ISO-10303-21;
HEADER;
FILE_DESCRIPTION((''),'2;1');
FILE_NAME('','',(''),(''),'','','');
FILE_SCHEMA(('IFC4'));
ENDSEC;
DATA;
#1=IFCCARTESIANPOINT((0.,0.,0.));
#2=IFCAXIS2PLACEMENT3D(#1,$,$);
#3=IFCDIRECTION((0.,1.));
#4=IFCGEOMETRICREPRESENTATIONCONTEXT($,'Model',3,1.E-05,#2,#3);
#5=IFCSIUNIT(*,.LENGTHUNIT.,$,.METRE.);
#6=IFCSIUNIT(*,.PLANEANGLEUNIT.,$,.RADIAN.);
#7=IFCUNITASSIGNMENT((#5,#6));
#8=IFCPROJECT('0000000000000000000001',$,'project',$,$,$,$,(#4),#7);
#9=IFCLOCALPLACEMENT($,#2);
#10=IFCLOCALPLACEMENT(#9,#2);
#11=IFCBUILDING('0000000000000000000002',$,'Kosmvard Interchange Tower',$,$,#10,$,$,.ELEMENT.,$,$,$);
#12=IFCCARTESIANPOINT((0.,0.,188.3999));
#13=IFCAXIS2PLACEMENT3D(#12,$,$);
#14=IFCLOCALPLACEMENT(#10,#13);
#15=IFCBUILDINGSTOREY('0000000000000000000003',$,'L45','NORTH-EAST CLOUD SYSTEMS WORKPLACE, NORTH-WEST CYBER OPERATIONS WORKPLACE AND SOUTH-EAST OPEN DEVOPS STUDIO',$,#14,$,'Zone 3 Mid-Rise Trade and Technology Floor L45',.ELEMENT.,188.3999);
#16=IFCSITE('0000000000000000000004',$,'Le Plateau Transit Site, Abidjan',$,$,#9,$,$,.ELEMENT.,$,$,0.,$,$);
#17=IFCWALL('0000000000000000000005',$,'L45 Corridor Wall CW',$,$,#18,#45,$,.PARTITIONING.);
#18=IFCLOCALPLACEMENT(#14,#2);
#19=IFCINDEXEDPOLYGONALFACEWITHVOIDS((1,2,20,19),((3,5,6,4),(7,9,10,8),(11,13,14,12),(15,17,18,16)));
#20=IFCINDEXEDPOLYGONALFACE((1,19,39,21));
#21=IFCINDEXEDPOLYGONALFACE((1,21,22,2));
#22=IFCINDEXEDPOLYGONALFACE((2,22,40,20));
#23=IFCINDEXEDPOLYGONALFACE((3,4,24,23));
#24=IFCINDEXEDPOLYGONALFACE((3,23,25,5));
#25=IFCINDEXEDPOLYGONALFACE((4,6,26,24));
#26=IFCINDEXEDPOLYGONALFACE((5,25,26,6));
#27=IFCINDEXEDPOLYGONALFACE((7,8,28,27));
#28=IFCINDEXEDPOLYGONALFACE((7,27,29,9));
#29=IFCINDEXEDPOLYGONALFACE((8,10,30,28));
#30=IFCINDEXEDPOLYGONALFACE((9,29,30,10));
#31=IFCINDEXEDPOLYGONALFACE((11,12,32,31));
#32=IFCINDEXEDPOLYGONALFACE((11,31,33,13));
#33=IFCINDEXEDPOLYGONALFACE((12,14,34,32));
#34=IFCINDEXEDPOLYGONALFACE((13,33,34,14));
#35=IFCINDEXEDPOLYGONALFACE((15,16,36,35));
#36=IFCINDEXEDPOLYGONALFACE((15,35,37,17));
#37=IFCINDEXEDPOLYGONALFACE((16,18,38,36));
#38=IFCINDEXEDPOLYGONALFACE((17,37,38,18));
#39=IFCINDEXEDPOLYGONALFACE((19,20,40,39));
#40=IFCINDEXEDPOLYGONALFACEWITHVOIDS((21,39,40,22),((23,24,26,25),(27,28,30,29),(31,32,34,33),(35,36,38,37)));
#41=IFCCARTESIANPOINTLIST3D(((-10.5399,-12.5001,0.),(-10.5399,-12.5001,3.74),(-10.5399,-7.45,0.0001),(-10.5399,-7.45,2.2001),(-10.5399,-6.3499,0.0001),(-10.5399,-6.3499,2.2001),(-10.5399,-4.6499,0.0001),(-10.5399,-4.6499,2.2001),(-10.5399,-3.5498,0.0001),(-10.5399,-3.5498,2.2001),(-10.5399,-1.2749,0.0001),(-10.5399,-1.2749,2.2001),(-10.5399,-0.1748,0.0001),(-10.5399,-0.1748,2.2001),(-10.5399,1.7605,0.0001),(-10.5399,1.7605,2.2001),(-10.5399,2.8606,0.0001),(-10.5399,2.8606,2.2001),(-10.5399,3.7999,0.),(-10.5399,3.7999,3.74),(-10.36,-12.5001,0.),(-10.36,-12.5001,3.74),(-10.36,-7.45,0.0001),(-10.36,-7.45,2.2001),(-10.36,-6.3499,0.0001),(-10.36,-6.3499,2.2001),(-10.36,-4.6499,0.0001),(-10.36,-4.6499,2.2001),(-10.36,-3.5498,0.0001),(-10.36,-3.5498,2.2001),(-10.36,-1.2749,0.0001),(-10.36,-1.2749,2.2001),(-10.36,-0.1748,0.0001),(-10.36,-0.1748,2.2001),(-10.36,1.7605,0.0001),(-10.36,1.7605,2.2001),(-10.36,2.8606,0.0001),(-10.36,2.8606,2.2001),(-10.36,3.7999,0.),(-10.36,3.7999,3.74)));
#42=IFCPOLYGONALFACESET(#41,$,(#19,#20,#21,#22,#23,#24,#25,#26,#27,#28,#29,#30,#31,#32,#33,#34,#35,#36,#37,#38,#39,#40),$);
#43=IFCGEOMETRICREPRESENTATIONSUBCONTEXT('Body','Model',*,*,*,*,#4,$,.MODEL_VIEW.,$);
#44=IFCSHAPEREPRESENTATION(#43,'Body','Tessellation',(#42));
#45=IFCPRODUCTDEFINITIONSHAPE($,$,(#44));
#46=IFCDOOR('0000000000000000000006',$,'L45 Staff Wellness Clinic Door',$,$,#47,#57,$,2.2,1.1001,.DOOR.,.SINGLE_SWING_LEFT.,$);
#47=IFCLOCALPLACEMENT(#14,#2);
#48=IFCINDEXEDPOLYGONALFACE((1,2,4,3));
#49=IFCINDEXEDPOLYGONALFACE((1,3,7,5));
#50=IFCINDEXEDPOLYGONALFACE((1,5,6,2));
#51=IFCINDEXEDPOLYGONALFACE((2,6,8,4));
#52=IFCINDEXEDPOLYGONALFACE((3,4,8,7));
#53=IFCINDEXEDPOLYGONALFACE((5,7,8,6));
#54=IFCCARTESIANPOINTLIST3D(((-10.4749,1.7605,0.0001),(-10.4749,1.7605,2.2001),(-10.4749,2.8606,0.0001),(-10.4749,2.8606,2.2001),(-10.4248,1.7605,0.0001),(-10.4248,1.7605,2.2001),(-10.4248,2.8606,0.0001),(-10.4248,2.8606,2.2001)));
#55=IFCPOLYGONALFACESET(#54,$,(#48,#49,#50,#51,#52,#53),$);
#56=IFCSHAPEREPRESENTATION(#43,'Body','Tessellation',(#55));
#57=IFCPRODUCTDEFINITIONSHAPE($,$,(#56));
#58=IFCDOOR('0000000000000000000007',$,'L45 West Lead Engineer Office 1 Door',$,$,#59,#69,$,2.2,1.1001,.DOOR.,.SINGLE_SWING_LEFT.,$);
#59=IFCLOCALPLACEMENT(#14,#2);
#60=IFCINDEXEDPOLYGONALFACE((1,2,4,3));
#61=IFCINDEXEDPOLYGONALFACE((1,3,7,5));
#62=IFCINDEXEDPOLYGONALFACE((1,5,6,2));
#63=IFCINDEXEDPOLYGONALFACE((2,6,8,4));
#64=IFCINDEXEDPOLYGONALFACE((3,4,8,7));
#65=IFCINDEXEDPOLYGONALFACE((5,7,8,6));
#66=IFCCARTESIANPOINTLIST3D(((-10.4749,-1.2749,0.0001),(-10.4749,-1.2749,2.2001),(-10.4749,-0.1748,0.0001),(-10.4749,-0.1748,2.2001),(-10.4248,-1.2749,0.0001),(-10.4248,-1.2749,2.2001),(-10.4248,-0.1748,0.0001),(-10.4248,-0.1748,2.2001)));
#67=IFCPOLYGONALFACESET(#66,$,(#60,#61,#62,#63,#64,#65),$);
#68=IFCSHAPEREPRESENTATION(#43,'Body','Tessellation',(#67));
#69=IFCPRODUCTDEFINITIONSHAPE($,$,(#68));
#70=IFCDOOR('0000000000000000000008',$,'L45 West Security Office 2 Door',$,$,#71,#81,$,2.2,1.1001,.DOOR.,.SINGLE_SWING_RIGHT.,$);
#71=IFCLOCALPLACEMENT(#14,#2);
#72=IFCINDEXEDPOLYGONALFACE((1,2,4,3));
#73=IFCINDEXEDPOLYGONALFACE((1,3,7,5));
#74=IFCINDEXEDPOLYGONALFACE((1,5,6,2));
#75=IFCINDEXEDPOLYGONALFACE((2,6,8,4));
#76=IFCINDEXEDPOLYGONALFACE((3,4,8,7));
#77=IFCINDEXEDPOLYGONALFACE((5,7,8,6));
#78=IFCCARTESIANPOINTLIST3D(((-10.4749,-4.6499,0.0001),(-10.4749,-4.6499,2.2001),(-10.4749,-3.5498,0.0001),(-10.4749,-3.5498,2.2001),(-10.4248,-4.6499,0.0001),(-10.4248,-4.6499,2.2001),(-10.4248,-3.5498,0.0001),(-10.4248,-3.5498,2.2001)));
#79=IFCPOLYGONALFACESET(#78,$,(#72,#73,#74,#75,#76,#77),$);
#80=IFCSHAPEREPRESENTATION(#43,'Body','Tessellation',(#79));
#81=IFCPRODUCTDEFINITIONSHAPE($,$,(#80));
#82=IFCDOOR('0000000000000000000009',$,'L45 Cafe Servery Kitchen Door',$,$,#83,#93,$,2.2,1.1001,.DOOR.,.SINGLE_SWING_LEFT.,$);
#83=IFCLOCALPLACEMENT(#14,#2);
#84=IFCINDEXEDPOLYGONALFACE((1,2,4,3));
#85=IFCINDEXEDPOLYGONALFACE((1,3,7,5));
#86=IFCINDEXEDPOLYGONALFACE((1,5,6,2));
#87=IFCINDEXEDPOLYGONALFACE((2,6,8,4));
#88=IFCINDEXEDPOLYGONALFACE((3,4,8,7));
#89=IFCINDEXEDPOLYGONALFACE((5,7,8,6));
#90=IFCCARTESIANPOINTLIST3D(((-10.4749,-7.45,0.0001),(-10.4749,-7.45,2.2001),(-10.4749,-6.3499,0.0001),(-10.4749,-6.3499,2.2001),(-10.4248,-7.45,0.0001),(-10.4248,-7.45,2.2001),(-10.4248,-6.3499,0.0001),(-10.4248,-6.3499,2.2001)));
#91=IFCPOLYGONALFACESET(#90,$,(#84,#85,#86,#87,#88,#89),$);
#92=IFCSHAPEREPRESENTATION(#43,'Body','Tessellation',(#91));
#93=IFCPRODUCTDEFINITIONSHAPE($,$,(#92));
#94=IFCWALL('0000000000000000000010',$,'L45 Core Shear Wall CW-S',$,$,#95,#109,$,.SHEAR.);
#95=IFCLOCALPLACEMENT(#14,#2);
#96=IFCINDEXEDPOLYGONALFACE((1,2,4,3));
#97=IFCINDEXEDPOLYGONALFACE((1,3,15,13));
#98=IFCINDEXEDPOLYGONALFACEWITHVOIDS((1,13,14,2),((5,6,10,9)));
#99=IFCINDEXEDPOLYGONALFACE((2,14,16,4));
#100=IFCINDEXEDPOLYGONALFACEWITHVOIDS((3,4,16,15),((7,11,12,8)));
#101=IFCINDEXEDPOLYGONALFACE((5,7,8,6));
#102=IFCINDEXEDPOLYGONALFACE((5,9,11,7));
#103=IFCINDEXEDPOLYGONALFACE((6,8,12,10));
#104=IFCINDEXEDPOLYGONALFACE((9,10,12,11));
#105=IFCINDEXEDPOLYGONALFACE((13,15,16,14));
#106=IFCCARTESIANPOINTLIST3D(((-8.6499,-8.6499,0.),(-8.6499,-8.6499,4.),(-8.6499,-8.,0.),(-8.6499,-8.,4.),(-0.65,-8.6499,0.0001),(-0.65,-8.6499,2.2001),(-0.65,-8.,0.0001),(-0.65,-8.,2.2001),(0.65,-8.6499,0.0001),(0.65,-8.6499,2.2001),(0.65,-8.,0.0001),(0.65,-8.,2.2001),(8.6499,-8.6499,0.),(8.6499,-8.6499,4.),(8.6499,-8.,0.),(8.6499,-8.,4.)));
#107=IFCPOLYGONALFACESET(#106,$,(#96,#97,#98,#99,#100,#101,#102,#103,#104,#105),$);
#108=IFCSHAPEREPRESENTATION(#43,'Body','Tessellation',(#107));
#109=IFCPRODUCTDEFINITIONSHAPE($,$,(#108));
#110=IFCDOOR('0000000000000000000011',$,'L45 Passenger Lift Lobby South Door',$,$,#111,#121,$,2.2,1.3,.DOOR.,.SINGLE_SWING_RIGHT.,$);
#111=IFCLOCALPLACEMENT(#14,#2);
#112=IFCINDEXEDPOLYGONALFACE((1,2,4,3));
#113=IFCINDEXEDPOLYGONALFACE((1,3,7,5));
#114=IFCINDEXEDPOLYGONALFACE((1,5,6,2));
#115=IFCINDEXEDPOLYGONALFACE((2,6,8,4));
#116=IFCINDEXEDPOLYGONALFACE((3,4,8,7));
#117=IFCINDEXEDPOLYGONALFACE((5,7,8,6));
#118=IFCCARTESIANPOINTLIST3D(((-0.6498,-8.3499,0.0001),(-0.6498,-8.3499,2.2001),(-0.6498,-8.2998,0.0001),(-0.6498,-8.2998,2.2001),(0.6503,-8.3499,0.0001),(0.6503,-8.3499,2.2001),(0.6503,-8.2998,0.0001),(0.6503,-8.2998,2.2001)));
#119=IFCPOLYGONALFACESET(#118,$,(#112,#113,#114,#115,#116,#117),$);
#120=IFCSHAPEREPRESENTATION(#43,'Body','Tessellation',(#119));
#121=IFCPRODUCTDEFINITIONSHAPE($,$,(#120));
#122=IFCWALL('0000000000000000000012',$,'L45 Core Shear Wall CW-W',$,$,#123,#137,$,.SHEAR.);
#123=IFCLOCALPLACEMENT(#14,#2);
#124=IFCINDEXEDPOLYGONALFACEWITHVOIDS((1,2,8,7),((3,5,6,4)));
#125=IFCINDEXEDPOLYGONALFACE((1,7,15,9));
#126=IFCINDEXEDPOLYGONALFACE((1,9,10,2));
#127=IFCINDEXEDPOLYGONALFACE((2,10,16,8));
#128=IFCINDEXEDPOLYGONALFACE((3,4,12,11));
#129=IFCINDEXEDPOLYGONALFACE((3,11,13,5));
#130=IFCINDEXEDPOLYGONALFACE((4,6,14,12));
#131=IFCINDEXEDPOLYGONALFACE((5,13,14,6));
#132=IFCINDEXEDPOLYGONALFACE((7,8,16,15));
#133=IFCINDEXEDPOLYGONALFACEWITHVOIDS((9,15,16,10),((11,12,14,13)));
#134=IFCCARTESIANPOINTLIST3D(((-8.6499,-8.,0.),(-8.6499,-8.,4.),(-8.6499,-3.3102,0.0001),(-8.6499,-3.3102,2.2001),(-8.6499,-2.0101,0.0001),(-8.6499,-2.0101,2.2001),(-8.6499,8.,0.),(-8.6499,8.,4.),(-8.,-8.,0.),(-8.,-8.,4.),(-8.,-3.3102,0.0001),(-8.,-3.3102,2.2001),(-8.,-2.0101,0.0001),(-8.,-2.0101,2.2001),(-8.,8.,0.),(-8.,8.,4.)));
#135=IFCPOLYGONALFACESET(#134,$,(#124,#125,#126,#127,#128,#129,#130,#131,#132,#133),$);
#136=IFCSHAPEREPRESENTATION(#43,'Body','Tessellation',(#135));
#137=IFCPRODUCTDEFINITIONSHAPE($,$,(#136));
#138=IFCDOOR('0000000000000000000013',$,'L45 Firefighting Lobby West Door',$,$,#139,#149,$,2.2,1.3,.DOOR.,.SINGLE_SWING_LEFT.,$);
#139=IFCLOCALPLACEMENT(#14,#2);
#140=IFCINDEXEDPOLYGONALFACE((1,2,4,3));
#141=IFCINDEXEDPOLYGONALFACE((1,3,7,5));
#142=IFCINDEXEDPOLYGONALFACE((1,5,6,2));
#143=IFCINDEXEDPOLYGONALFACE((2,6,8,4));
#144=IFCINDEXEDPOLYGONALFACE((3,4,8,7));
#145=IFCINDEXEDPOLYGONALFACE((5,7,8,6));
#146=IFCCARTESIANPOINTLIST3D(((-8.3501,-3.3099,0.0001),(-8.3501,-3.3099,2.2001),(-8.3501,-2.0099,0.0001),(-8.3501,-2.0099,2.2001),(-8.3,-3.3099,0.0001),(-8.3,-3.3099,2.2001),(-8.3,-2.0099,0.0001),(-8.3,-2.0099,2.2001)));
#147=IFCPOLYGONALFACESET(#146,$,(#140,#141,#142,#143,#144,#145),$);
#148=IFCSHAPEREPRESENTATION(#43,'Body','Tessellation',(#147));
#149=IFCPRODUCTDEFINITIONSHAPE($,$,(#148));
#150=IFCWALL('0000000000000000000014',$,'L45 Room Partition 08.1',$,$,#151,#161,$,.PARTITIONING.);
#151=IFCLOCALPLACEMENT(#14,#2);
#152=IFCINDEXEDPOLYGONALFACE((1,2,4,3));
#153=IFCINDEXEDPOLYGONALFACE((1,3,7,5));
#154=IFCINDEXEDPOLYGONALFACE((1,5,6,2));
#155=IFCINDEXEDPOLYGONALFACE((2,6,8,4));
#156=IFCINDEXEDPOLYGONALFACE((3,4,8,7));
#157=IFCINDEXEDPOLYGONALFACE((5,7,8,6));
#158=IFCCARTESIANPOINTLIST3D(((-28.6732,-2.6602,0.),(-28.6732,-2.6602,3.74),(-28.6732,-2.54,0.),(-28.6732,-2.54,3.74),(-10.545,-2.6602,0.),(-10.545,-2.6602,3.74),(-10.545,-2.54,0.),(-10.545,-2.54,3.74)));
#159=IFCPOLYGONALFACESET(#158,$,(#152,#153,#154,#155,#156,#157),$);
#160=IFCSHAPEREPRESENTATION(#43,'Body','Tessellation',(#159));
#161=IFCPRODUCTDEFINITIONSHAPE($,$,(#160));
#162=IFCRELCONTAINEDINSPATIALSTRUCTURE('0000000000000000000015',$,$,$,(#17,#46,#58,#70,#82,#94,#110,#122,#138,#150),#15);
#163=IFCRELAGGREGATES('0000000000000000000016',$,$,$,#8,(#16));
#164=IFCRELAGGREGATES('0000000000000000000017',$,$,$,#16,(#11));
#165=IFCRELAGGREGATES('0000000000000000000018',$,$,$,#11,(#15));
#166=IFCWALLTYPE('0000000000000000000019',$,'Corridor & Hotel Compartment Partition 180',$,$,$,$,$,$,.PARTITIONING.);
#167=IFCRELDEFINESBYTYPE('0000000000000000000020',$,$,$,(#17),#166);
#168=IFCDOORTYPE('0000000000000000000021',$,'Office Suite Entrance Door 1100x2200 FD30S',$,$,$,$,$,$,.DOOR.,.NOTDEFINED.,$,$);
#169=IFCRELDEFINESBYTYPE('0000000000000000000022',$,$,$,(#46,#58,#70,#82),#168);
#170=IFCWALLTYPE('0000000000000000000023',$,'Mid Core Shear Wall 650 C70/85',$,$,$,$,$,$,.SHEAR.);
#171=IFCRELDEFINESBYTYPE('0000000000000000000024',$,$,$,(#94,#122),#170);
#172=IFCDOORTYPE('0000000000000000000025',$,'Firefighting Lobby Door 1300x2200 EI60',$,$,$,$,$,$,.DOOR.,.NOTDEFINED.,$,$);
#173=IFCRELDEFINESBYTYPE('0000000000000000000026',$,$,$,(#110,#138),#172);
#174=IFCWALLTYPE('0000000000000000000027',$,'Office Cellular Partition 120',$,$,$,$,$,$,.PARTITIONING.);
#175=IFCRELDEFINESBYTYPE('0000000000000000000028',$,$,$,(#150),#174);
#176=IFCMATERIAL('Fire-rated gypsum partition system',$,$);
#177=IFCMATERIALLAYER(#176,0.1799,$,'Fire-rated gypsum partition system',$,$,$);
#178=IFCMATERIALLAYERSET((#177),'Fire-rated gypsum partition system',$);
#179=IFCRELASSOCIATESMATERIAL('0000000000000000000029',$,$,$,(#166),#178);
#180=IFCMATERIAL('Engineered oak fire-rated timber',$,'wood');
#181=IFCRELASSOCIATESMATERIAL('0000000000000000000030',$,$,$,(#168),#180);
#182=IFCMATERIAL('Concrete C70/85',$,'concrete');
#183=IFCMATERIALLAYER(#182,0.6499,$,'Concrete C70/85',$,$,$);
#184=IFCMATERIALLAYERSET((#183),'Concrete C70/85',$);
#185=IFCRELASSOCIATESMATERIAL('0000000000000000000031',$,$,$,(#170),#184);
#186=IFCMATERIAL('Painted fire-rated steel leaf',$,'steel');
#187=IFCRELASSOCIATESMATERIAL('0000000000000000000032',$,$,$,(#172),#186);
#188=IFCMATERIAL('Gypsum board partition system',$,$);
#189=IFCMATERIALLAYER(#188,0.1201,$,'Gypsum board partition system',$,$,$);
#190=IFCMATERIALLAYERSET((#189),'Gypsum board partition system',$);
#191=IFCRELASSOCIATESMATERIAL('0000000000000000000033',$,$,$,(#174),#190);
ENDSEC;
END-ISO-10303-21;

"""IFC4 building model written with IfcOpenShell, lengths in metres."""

from ifc_helpers import new_model, si_unit, direction, frame, frame_2d, origin, place, context, subcontext, project, spatial, rectangle, extrude, source, transform, mapped, material, layer, layer_set, type_object, element, fill, save


model = new_model("IFC4")

# Units and contexts
model_context = context("Model", 3, precision=1e-05, world=origin(), true_north=direction((0.0, 1.0)))
body_context = subcontext(model_context, "Body", "Model", "MODEL_VIEW")
ifc_project = project(units=[si_unit("LENGTHUNIT", "METRE"), si_unit("PLANEANGLEUNIT", "RADIAN")], contexts=[model_context])

# Site, building, storey
site_placement = place(None, origin())
site = spatial("IfcSite", under=ifc_project, at=site_placement, Name="Le Plateau Transit Site, Abidjan", CompositionType="ELEMENT", RefElevation=0.0)
building_placement = place(site_placement, origin())
building = spatial("IfcBuilding", under=site, at=building_placement, Name="Kosmvard Interchange Tower", CompositionType="ELEMENT")
storey_placement = place(building_placement, frame((0.0, 0.0, 188.3999)))
storey = spatial("IfcBuildingStorey", under=building, at=storey_placement, Name="L45", Description="NORTH-EAST CLOUD SYSTEMS WORKPLACE, NORTH-WEST CYBER OPERATIONS WORKPLACE AND SOUTH-EAST OPEN DEVOPS STUDIO", LongName="Zone 3 Mid-Rise Trade and Technology Floor L45", CompositionType="ELEMENT", Elevation=188.3999)

# Wall, openings, doors
ifc_material_1 = material(Name="Fire-rated gypsum partition system")
ifc_layer_1 = layer(ifc_material_1, 0.1799, Name="Fire-rated gypsum partition system")
ifc_layer_set_1 = layer_set([ifc_layer_1], Name="Fire-rated gypsum partition system")
wall_type_1 = type_object("IfcWallType", Name="Corridor & Hotel Compartment Partition 180", PredefinedType="PARTITIONING", material=ifc_layer_set_1)
wall_1_placement = place(storey_placement, frame((-10.45, -12.5, 0.0), z_axis=(0.0, 0.0, 1.0), x_axis=(0.0, 1.0, 0.0)))
wall_1 = element("IfcWall", 1, at=wall_1_placement, inside=storey, type_object=wall_type_1, Name="L45 Corridor Wall CW", PredefinedType="PARTITIONING", context=body_context, shape_type="SweptSolid", body=[
    extrude(rectangle(XDim=16.3, YDim=0.1799, at=frame_2d((8.1499, 0.0))), origin(), (0.0, 0.0, 1.0), 3.74),
])
opening_1_placement = place(wall_1_placement, frame((14.2605, 0.0, 0.0)))
opening_1 = element("IfcOpeningElement", 2, at=opening_1_placement, cuts=wall_1, PredefinedType="OPENING", context=body_context, shape_type="SweptSolid", body=[
    extrude(rectangle(XDim=1.1001, YDim=2.2, at=frame_2d((0.55, 1.1001))), frame((0.0, 0.1001, 0.0), z_axis=(0.0, -1.0, 0.0), x_axis=(1.0, 0.0, 0.0)), (0.0, 0.0, 1.0), 0.2),
])
opening_2_placement = place(wall_1_placement, frame((11.2251, 0.0, 0.0)))
opening_2 = element("IfcOpeningElement", 3, at=opening_2_placement, cuts=wall_1, PredefinedType="OPENING", context=body_context, shape_type="SweptSolid", body=[
    extrude(rectangle(XDim=1.1001, YDim=2.2, at=frame_2d((0.55, 1.1001))), frame((0.0, 0.1001, 0.0), z_axis=(0.0, -1.0, 0.0), x_axis=(1.0, 0.0, 0.0)), (0.0, 0.0, 1.0), 0.2),
])
opening_3_placement = place(wall_1_placement, frame((7.8501, 0.0, 0.0)))
opening_3 = element("IfcOpeningElement", 4, at=opening_3_placement, cuts=wall_1, PredefinedType="OPENING", context=body_context, shape_type="SweptSolid", body=[
    extrude(rectangle(XDim=1.1001, YDim=2.2, at=frame_2d((0.55, 1.1001))), frame((0.0, 0.1001, 0.0), z_axis=(0.0, -1.0, 0.0), x_axis=(1.0, 0.0, 0.0)), (0.0, 0.0, 1.0), 0.2),
])
opening_4_placement = place(wall_1_placement, frame((5.05, 0.0, 0.0)))
opening_4 = element("IfcOpeningElement", 5, at=opening_4_placement, cuts=wall_1, PredefinedType="OPENING", context=body_context, shape_type="SweptSolid", body=[
    extrude(rectangle(XDim=1.1001, YDim=2.2, at=frame_2d((0.55, 1.1001))), frame((0.0, 0.1001, 0.0), z_axis=(0.0, -1.0, 0.0), x_axis=(1.0, 0.0, 0.0)), (0.0, 0.0, 1.0), 0.2),
])
ifc_material_2 = material(Name="Engineered oak fire-rated timber", Category="wood")
door_type_1 = type_object("IfcDoorType", Name="Office Suite Entrance Door 1100x2200 FD30S", OperationType="NOTDEFINED", PredefinedType="DOOR", material=ifc_material_2)
shared_shape_1 = source(origin(), body_context, "Body", "SweptSolid", [
    extrude(rectangle(XDim=1.1001, YDim=2.2, at=frame_2d((0.55, 1.1001))), frame((0.0, 0.0249, 0.0), z_axis=(0.0, -1.0, 0.0), x_axis=(1.0, 0.0, 0.0)), (0.0, 0.0, 1.0), 0.05),
])
door_1_placement = place(opening_1_placement, origin())
door_1 = element("IfcDoor", 6, at=door_1_placement, inside=storey, type_object=door_type_1, Name="L45 Staff Wellness Clinic Door", OperationType="SINGLE_SWING_LEFT", OverallHeight=2.2, OverallWidth=1.1001, PredefinedType="DOOR", context=body_context, shape_type="MappedRepresentation", body=[
    mapped(shared_shape_1, transform((0.0, 0.0, 0.0), scale=1.0)),
])
fill(opening_1, door_1)
door_2_placement = place(opening_2_placement, origin())
door_2 = element("IfcDoor", 7, at=door_2_placement, inside=storey, type_object=door_type_1, Name="L45 West Lead Engineer Office 1 Door", OperationType="SINGLE_SWING_LEFT", OverallHeight=2.2, OverallWidth=1.1001, PredefinedType="DOOR", context=body_context, shape_type="MappedRepresentation", body=[
    mapped(shared_shape_1, transform((0.0, 0.0, 0.0), scale=1.0)),
])
fill(opening_2, door_2)
door_3_placement = place(opening_3_placement, origin())
door_3 = element("IfcDoor", 8, at=door_3_placement, inside=storey, type_object=door_type_1, Name="L45 West Security Office 2 Door", OperationType="SINGLE_SWING_RIGHT", OverallHeight=2.2, OverallWidth=1.1001, PredefinedType="DOOR", context=body_context, shape_type="MappedRepresentation", body=[
    mapped(shared_shape_1, transform((0.0, 0.0, 0.0), scale=1.0)),
])
fill(opening_3, door_3)
door_4_placement = place(opening_4_placement, origin())
door_4 = element("IfcDoor", 9, at=door_4_placement, inside=storey, type_object=door_type_1, Name="L45 Cafe Servery Kitchen Door", OperationType="SINGLE_SWING_LEFT", OverallHeight=2.2, OverallWidth=1.1001, PredefinedType="DOOR", context=body_context, shape_type="MappedRepresentation", body=[
    mapped(shared_shape_1, transform((0.0, 0.0, 0.0), scale=1.0)),
])
fill(opening_4, door_4)

# Walls, openings, doors
ifc_material_3 = material(Name="Concrete C70/85", Category="concrete")
ifc_layer_2 = layer(ifc_material_3, 0.6499, Name="Concrete C70/85")
ifc_layer_set_2 = layer_set([ifc_layer_2], Name="Concrete C70/85")
wall_type_2 = type_object("IfcWallType", Name="Mid Core Shear Wall 650 C70/85", PredefinedType="SHEAR", material=ifc_layer_set_2)
wall_2_placement = place(storey_placement, frame((-8.6499, -8.325, 0.0), z_axis=(0.0, 0.0, 1.0), x_axis=(1.0, 0.0, 0.0)))
wall_2 = element("IfcWall", 10, at=wall_2_placement, inside=storey, type_object=wall_type_2, Name="L45 Core Shear Wall CW-S", PredefinedType="SHEAR", context=body_context, shape_type="SweptSolid", body=[
    extrude(rectangle(XDim=17.2998, YDim=0.6499, at=frame_2d((8.6499, 0.0))), origin(), (0.0, 0.0, 1.0), 4.0),
])
opening_5_placement = place(wall_2_placement, frame((8.0, 0.0, 0.0)))
opening_5 = element("IfcOpeningElement", 11, at=opening_5_placement, cuts=wall_2, PredefinedType="OPENING", context=body_context, shape_type="SweptSolid", body=[
    extrude(rectangle(XDim=1.3, YDim=2.2, at=frame_2d((0.6499, 1.1001))), frame((0.0, 0.335, 0.0), z_axis=(0.0, -1.0, 0.0), x_axis=(1.0, 0.0, 0.0)), (0.0, 0.0, 1.0), 0.6699),
])
ifc_material_4 = material(Name="Painted fire-rated steel leaf", Category="steel")
door_type_2 = type_object("IfcDoorType", Name="Firefighting Lobby Door 1300x2200 EI60", OperationType="NOTDEFINED", PredefinedType="DOOR", material=ifc_material_4)
shared_shape_2 = source(origin(), body_context, "Body", "SweptSolid", [
    extrude(rectangle(XDim=1.3, YDim=2.2, at=frame_2d((0.6499, 1.1001))), frame((0.0, 0.0249, 0.0), z_axis=(0.0, -1.0, 0.0), x_axis=(1.0, 0.0, 0.0)), (0.0, 0.0, 1.0), 0.05),
])
door_5_placement = place(opening_5_placement, frame((1.3, 0.0, 0.0), z_axis=(0.0, 0.0, 1.0), x_axis=(-1.0, 0.0, 0.0)))
door_5 = element("IfcDoor", 12, at=door_5_placement, inside=storey, type_object=door_type_2, Name="L45 Passenger Lift Lobby South Door", OperationType="SINGLE_SWING_RIGHT", OverallHeight=2.2, OverallWidth=1.3, PredefinedType="DOOR", context=body_context, shape_type="MappedRepresentation", body=[
    mapped(shared_shape_2, transform((0.0, 0.0, 0.0), scale=1.0)),
])
fill(opening_5, door_5)
wall_3_placement = place(storey_placement, frame((-8.325, -8.0, 0.0), z_axis=(0.0, 0.0, 1.0), x_axis=(0.0, 1.0, 0.0)))
wall_3 = element("IfcWall", 13, at=wall_3_placement, inside=storey, type_object=wall_type_2, Name="L45 Core Shear Wall CW-W", PredefinedType="SHEAR", context=body_context, shape_type="SweptSolid", body=[
    extrude(rectangle(XDim=16.0, YDim=0.6499, at=frame_2d((8.0, 0.0))), origin(), (0.0, 0.0, 1.0), 4.0),
])
opening_6_placement = place(wall_3_placement, frame((4.6899, 0.0, 0.0)))
opening_6 = element("IfcOpeningElement", 14, at=opening_6_placement, cuts=wall_3, PredefinedType="OPENING", context=body_context, shape_type="SweptSolid", body=[
    extrude(rectangle(XDim=1.3, YDim=2.2, at=frame_2d((0.6499, 1.1001))), frame((0.0, 0.335, 0.0), z_axis=(0.0, -1.0, 0.0), x_axis=(1.0, 0.0, 0.0)), (0.0, 0.0, 1.0), 0.6699),
])
door_6_placement = place(opening_6_placement, frame((1.3, 0.0, 0.0), z_axis=(0.0, 0.0, 1.0), x_axis=(-1.0, 0.0, 0.0)))
door_6 = element("IfcDoor", 15, at=door_6_placement, inside=storey, type_object=door_type_2, Name="L45 Firefighting Lobby West Door", OperationType="SINGLE_SWING_LEFT", OverallHeight=2.2, OverallWidth=1.3, PredefinedType="DOOR", context=body_context, shape_type="MappedRepresentation", body=[
    mapped(shared_shape_2, transform((0.0, 0.0, 0.0), scale=1.0)),
])
fill(opening_6, door_6)

# Wall
ifc_material_5 = material(Name="Gypsum board partition system")
ifc_layer_3 = layer(ifc_material_5, 0.1201, Name="Gypsum board partition system")
ifc_layer_set_3 = layer_set([ifc_layer_3], Name="Gypsum board partition system")
wall_type_3 = type_object("IfcWallType", Name="Office Cellular Partition 120", PredefinedType="PARTITIONING", material=ifc_layer_set_3)
wall_4_placement = place(storey_placement, frame((-28.6731, -2.6001, 0.0), z_axis=(0.0, 0.0, 1.0), x_axis=(1.0, 0.0, 0.0)))
element("IfcWall", 16, at=wall_4_placement, inside=storey, type_object=wall_type_3, Name="L45 Room Partition 08.1", PredefinedType="PARTITIONING", context=body_context, shape_type="SweptSolid", body=[
    extrude(rectangle(XDim=18.1282, YDim=0.1201, at=frame_2d((9.064, 0.0))), origin(), (0.0, 0.0, 1.0), 3.74),
])

save(model, "model.ifc")
